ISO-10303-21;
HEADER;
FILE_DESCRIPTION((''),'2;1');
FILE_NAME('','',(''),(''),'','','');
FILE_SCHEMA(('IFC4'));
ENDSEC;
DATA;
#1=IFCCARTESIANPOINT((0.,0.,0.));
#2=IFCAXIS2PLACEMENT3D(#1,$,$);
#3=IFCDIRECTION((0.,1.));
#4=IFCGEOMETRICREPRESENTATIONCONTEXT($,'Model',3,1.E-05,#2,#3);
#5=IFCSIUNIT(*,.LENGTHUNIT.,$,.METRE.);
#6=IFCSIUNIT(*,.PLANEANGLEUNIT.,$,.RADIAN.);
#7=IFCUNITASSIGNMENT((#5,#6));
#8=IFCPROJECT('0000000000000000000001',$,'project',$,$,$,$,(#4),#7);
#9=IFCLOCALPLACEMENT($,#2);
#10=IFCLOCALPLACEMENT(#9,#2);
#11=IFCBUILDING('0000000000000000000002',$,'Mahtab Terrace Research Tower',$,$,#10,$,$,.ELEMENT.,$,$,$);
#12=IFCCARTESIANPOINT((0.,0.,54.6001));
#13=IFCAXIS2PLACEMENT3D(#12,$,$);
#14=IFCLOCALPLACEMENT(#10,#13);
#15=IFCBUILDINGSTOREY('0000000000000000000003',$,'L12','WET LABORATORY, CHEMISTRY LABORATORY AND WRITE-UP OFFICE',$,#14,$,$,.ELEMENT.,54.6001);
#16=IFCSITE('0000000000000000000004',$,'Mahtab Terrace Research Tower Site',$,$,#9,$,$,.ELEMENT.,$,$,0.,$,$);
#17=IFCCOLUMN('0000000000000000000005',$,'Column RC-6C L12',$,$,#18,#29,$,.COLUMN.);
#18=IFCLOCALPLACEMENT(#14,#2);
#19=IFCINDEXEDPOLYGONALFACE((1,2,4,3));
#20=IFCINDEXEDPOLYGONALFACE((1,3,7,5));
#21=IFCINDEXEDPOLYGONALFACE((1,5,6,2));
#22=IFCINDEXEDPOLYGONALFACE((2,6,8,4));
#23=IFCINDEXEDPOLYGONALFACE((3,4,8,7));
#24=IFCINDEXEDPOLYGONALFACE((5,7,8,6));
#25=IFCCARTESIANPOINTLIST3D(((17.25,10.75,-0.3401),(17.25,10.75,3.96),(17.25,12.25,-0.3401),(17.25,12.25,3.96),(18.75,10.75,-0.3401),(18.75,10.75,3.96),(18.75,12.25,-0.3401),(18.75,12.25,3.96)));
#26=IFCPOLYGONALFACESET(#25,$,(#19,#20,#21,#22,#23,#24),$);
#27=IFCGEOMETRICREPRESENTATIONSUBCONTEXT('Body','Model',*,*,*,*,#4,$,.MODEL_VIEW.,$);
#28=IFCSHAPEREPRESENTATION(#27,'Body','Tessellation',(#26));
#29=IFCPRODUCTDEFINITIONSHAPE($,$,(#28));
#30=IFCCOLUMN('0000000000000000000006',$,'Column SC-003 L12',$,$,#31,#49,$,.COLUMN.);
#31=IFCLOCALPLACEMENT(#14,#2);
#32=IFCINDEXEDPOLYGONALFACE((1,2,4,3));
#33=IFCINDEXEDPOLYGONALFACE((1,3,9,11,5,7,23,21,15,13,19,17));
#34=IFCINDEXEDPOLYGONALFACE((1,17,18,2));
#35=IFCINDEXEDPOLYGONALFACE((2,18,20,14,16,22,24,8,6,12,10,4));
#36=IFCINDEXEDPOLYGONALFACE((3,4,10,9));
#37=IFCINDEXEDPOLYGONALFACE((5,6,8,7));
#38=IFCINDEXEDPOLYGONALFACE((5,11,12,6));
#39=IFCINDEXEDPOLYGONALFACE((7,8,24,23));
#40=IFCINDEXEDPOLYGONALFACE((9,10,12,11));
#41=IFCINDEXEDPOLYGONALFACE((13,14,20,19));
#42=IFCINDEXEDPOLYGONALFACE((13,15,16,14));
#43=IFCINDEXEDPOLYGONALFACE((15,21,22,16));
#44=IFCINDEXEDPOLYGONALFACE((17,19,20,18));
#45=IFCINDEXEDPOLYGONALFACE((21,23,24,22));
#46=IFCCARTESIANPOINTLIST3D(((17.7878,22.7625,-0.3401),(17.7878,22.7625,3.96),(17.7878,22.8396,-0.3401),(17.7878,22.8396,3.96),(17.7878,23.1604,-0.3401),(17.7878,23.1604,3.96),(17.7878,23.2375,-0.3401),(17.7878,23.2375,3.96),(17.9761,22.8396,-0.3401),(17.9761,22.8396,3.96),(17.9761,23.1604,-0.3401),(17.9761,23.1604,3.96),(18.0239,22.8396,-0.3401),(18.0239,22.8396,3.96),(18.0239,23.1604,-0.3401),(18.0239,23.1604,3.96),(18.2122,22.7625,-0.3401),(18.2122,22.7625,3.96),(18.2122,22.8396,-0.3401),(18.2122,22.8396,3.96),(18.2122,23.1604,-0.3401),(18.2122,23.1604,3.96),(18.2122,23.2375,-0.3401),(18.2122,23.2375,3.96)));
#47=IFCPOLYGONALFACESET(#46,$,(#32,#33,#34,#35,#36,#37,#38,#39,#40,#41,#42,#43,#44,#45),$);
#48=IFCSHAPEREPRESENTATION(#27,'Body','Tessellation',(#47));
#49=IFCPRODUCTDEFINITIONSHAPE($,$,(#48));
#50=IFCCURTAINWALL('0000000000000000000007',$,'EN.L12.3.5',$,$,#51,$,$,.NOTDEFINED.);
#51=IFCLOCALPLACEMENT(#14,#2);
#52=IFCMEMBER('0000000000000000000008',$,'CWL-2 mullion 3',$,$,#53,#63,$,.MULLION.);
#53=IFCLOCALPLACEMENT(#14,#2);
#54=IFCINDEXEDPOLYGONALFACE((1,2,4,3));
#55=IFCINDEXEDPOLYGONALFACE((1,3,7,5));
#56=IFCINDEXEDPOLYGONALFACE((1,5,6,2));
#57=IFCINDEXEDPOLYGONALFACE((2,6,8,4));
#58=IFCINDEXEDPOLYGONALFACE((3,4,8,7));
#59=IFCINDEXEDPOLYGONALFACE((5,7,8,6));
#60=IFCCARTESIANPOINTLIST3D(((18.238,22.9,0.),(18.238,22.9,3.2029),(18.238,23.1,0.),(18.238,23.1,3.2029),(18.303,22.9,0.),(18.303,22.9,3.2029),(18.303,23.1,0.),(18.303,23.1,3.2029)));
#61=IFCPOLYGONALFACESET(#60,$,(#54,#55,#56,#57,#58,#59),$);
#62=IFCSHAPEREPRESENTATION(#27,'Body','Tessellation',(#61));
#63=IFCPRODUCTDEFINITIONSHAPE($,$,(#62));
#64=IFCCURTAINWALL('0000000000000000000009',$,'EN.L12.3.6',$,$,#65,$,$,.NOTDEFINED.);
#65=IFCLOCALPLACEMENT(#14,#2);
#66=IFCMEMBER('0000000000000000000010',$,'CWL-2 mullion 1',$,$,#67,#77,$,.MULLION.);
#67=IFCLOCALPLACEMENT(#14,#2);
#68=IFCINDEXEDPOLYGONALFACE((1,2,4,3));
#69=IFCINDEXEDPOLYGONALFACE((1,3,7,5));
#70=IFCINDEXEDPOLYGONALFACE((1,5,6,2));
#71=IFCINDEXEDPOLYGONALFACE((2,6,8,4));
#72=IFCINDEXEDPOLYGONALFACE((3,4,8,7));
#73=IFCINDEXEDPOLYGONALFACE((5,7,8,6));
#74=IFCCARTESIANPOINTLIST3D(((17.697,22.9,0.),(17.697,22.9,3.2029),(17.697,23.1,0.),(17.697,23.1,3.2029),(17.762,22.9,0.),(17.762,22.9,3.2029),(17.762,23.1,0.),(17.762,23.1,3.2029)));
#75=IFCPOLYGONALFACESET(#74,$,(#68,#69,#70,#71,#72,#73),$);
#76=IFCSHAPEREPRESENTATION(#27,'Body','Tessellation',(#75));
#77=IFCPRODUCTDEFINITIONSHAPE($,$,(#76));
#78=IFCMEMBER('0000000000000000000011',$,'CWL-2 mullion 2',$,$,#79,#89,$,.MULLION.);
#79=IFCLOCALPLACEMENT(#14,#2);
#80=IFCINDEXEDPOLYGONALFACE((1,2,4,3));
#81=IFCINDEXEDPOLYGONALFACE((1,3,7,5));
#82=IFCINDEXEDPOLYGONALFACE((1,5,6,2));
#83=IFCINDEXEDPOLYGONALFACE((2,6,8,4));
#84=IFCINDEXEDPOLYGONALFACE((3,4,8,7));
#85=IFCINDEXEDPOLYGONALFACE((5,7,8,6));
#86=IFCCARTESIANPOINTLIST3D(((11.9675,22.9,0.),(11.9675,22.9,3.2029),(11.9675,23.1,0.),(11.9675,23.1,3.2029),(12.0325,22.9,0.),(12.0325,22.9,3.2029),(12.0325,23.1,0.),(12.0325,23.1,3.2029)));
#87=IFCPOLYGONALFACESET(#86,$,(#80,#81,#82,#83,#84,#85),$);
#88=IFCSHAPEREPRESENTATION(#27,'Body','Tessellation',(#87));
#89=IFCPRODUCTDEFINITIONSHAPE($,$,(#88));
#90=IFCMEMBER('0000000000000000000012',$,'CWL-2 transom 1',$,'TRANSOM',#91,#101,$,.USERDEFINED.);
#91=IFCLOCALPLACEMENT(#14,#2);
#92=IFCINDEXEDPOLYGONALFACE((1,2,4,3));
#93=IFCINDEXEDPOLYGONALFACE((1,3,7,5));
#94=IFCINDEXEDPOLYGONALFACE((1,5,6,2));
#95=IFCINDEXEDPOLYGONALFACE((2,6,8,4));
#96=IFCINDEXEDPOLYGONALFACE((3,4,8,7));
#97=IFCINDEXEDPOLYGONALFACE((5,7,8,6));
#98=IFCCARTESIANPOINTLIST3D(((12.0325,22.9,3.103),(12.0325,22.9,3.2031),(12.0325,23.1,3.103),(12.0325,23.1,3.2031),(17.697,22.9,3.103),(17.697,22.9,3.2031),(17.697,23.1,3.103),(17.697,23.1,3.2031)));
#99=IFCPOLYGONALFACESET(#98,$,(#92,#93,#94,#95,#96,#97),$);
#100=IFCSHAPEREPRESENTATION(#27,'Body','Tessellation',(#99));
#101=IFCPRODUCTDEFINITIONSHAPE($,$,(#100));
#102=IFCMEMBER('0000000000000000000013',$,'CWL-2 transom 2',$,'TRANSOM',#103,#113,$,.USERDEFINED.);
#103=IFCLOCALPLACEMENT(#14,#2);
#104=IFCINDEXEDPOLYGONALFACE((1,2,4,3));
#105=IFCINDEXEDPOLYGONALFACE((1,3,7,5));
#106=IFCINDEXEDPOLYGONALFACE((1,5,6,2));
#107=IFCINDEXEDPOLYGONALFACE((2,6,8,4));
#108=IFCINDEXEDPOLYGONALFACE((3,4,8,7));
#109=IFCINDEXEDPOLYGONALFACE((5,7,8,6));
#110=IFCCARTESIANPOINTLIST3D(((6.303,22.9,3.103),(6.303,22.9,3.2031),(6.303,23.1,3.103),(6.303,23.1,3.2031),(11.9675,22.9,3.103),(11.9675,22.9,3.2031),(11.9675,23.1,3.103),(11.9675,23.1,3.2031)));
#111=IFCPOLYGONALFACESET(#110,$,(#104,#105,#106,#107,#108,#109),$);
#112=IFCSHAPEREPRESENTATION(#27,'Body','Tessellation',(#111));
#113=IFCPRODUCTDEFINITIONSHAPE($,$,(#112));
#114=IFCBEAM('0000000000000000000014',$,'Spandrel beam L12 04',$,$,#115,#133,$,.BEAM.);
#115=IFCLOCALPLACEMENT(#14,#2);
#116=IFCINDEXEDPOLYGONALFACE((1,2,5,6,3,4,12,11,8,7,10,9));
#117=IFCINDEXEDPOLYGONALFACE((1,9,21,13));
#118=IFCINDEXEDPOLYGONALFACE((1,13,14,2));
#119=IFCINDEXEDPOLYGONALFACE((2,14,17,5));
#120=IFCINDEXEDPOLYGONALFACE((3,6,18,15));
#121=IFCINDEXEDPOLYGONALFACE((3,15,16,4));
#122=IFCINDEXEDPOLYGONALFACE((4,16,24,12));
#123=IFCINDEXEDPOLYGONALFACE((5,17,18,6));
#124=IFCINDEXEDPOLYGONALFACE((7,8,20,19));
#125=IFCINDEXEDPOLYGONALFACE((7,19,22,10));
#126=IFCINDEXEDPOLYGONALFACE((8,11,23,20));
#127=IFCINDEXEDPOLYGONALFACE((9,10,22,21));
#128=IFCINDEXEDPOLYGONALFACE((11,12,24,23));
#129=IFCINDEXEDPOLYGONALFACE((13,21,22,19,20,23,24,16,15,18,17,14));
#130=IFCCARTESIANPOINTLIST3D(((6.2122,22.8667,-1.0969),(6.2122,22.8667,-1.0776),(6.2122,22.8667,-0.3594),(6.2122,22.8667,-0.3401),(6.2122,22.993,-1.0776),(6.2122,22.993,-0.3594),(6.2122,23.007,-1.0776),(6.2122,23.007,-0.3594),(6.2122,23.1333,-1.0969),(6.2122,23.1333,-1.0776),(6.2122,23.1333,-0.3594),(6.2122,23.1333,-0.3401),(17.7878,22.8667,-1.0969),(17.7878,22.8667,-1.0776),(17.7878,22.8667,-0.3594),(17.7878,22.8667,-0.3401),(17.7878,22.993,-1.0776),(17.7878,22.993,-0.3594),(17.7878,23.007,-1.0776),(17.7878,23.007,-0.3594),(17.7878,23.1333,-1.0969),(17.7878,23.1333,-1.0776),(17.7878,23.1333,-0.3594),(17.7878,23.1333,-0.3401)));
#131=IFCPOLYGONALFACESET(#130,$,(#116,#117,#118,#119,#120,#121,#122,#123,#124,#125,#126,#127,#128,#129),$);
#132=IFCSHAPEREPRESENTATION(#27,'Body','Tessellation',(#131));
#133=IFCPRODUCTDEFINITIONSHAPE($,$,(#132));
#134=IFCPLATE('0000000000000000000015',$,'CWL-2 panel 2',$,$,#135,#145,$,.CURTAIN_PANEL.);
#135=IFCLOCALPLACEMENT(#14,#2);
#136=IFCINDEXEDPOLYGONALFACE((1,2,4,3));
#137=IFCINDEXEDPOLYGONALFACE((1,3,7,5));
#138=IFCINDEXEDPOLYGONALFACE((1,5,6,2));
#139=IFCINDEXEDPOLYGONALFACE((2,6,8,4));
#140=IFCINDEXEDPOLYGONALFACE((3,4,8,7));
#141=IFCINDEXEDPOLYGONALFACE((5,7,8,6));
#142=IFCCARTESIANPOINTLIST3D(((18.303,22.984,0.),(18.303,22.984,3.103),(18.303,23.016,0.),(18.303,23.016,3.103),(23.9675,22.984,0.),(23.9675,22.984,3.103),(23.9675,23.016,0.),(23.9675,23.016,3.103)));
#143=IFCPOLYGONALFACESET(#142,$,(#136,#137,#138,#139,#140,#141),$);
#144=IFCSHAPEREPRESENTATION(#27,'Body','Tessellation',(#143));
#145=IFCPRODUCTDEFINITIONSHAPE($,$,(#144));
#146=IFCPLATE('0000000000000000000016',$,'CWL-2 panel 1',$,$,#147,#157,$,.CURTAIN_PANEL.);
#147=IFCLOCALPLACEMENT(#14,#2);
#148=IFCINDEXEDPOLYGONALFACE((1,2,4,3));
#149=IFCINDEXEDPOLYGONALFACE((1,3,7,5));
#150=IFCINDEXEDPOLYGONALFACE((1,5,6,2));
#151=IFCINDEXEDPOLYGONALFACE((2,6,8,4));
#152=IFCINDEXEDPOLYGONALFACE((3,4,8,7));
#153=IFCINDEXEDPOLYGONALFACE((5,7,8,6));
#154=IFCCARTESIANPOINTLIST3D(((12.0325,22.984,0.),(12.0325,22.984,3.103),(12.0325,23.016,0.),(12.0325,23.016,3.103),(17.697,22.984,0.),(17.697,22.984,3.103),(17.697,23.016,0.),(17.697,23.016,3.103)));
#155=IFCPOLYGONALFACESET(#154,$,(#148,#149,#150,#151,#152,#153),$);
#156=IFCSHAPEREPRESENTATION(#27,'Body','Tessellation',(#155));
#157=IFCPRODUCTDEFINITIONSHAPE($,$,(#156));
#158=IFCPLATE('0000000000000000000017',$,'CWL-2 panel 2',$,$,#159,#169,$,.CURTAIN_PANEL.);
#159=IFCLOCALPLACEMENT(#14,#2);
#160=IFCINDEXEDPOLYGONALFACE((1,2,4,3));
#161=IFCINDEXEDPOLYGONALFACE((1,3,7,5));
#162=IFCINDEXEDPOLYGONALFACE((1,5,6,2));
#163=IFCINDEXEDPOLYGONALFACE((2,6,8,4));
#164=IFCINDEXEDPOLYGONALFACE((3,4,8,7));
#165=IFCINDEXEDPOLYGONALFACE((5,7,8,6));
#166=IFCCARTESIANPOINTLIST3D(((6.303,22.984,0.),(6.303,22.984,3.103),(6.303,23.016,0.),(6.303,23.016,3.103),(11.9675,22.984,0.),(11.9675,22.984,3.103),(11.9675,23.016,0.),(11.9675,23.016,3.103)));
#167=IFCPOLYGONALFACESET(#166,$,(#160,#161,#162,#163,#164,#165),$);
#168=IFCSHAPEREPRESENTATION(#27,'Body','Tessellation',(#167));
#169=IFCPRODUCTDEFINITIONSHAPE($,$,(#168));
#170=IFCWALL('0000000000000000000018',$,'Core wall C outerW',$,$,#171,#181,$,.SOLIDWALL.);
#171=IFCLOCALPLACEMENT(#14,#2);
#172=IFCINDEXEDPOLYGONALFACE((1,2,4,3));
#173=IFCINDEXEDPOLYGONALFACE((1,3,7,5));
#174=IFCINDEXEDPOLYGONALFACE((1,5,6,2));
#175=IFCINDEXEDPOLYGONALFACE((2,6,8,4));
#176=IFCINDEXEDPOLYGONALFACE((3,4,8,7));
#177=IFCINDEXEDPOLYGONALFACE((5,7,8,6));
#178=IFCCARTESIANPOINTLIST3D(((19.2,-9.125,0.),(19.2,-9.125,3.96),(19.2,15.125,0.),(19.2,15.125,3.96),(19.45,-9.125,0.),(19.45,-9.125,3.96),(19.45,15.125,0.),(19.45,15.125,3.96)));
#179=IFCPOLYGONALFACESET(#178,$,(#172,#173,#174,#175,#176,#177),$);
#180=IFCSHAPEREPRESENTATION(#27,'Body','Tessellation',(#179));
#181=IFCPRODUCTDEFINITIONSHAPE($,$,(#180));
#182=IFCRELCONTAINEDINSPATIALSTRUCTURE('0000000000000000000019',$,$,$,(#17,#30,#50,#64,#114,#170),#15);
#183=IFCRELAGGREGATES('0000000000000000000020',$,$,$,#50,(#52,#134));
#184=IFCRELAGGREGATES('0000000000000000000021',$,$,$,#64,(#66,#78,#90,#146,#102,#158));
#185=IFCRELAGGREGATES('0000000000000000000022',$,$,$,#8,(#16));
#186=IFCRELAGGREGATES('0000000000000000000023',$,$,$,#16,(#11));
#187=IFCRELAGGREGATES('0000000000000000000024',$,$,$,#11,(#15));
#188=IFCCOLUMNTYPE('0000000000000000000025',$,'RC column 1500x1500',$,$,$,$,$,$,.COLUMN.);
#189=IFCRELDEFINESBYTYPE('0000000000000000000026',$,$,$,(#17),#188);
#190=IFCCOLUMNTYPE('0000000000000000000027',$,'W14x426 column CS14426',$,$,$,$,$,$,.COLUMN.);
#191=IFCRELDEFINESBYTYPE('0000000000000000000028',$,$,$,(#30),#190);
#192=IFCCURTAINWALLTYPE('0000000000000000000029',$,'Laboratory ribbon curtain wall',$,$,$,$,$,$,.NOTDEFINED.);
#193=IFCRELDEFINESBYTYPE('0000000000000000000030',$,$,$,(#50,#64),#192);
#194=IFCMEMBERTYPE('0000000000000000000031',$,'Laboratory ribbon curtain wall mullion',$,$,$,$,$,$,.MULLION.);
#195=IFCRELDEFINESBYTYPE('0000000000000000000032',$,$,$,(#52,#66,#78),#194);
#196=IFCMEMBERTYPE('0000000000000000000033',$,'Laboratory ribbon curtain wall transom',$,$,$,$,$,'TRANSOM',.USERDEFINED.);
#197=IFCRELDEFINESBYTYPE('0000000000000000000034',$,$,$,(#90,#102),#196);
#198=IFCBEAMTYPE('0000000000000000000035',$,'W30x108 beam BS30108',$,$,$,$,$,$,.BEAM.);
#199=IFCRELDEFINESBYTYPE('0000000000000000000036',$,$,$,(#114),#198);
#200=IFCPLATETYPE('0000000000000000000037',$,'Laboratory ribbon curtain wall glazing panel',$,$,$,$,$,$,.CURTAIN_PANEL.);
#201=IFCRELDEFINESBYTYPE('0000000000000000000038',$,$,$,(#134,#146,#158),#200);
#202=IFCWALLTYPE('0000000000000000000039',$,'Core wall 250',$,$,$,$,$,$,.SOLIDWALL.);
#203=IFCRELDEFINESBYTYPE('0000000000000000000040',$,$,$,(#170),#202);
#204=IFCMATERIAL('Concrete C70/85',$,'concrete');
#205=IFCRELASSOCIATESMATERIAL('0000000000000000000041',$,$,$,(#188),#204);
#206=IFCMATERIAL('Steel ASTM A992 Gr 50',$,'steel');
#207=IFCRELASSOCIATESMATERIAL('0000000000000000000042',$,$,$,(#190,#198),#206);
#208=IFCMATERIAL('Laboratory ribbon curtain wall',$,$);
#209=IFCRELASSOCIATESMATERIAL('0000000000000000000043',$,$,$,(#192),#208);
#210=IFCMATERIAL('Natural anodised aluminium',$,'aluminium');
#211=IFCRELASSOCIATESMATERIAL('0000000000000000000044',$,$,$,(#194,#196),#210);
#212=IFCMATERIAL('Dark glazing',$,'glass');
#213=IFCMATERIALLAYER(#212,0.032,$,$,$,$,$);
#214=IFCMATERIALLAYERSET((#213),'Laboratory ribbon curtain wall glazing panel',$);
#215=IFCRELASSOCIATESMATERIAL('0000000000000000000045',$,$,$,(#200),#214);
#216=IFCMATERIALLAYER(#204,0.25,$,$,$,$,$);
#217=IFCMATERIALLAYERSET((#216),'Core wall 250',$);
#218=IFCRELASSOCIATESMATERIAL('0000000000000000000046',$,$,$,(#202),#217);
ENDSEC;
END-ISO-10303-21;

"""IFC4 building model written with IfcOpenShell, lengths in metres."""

from ifc_helpers import new_model, si_unit, direction, frame, frame_2d, origin, origin_2d, place, context, subcontext, project, spatial, rectangle, i_section, extrude, material, layer, layer_set, material_profile, profile_set, type_object, element, aggregate, save


model = new_model("IFC4")

# Units and contexts
model_context = context("Model", 3, precision=1e-05, world=origin(), true_north=direction((0.0, 1.0)))
body_context = subcontext(model_context, "Body", "Model", "MODEL_VIEW")
ifc_project = project(units=[si_unit("LENGTHUNIT", "METRE"), si_unit("PLANEANGLEUNIT", "RADIAN")], contexts=[model_context])

# Site, building, storey
site_placement = place(None, origin())
site = spatial("IfcSite", under=ifc_project, at=site_placement, Name="Mahtab Terrace Research Tower Site", CompositionType="ELEMENT", RefElevation=0.0)
building_placement = place(site_placement, origin())
building = spatial("IfcBuilding", under=site, at=building_placement, Name="Mahtab Terrace Research Tower", CompositionType="ELEMENT")
storey_placement = place(building_placement, frame((0.0, 0.0, 54.6001)))
storey = spatial("IfcBuildingStorey", under=building, at=storey_placement, Name="L12", Description="WET LABORATORY, CHEMISTRY LABORATORY AND WRITE-UP OFFICE", CompositionType="ELEMENT", Elevation=54.6001)

# Columns
ifc_material_1 = material(Name="Concrete C70/85", Category="concrete")
ifc_material_profile_1 = material_profile(ifc_material_1, rectangle(XDim=1.5, YDim=1.5, at=origin_2d()), Name="RC column 1500x1500")
ifc_profile_set_1 = profile_set([ifc_material_profile_1], Name="Concrete C70/85")
column_type_1 = type_object("IfcColumnType", Name="RC column 1500x1500", PredefinedType="COLUMN", material=ifc_profile_set_1)
column_1_placement = place(storey_placement, frame((18.0, 11.5, -0.3401), z_axis=(0.0, 0.0, 1.0), x_axis=(1.0, 0.0, 0.0)))
element("IfcColumn", 1, at=column_1_placement, inside=storey, type_object=column_type_1, Name="Column RC-6C L12", PredefinedType="COLUMN", context=body_context, shape_type="SweptSolid", body=[
    extrude(rectangle(XDim=1.5, YDim=1.5, at=origin_2d()), origin(), (0.0, 0.0, 1.0), 4.3),
])
ifc_material_2 = material(Name="Steel ASTM A992 Gr 50", Category="steel")
ifc_material_profile_2 = material_profile(ifc_material_2, i_section(OverallWidth=0.4243, OverallDepth=0.4751, WebThickness=0.0479, FlangeThickness=0.0771, at=origin_2d()), Name="W14X426")
ifc_profile_set_2 = profile_set([ifc_material_profile_2], Name="Steel ASTM A992 Gr 50")
column_type_2 = type_object("IfcColumnType", Name="W14x426 column CS14426", PredefinedType="COLUMN", material=ifc_profile_set_2)
column_2_placement = place(storey_placement, frame((18.0, 23.0, -0.3401), z_axis=(0.0, 0.0, 1.0), x_axis=(1.0, 0.0, 0.0)))
element("IfcColumn", 2, at=column_2_placement, inside=storey, type_object=column_type_2, Name="Column SC-003 L12", PredefinedType="COLUMN", context=body_context, shape_type="SweptSolid", body=[
    extrude(i_section(OverallWidth=0.4243, OverallDepth=0.4751, WebThickness=0.0479, FlangeThickness=0.0771, at=origin_2d()), origin(), (0.0, 0.0, 1.0), 4.3),
])

# Curtain wall, member
ifc_material_3 = material(Name="Laboratory ribbon curtain wall")
curtain_wall_type = type_object("IfcCurtainWallType", Name="Laboratory ribbon curtain wall", PredefinedType="NOTDEFINED", material=ifc_material_3)
curtain_wall_1_placement = place(storey_placement, origin())
curtain_wall_1 = element("IfcCurtainWall", 3, at=curtain_wall_1_placement, inside=storey, type_object=curtain_wall_type, Name="EN.L12.3.5", PredefinedType="NOTDEFINED")
ifc_material_4 = material(Name="Natural anodised aluminium", Category="aluminium")
ifc_material_profile_3 = material_profile(ifc_material_4, rectangle(XDim=0.2, YDim=0.0649, at=origin_2d()), Name="MULLION 65x200")
ifc_profile_set_3 = profile_set([ifc_material_profile_3], Name="Natural anodised aluminium")
member_type_1 = type_object("IfcMemberType", Name="Laboratory ribbon curtain wall mullion", PredefinedType="MULLION", material=ifc_profile_set_3)
member_1_placement = place(storey_placement, frame((18.2705, 23.0, 0.0), z_axis=(0.0, 0.0, 1.0), x_axis=(0.0, -1.0, 0.0)))
member_1 = element("IfcMember", 4, at=member_1_placement, type_object=member_type_1, Name="CWL-2 mullion 3", PredefinedType="MULLION", context=body_context, shape_type="SweptSolid", body=[
    extrude(rectangle(XDim=0.2, YDim=0.0649, at=origin_2d()), origin(), (0.0, 0.0, 1.0), 3.2029),
])

# Curtain wall, members
curtain_wall_2_placement = place(storey_placement, origin())
curtain_wall_2 = element("IfcCurtainWall", 5, at=curtain_wall_2_placement, inside=storey, type_object=curtain_wall_type, Name="EN.L12.3.6", PredefinedType="NOTDEFINED")
member_2_placement = place(storey_placement, frame((17.7295, 23.0, 0.0), z_axis=(0.0, 0.0, 1.0), x_axis=(0.0, -1.0, 0.0)))
member_2 = element("IfcMember", 6, at=member_2_placement, type_object=member_type_1, Name="CWL-2 mullion 1", PredefinedType="MULLION", context=body_context, shape_type="SweptSolid", body=[
    extrude(rectangle(XDim=0.2, YDim=0.0649, at=origin_2d()), origin(), (0.0, 0.0, 1.0), 3.2029),
])
member_3_placement = place(storey_placement, frame((12.0, 23.0, 0.0), z_axis=(0.0, 0.0, 1.0), x_axis=(0.0, -1.0, 0.0)))
member_3 = element("IfcMember", 7, at=member_3_placement, type_object=member_type_1, Name="CWL-2 mullion 2", PredefinedType="MULLION", context=body_context, shape_type="SweptSolid", body=[
    extrude(rectangle(XDim=0.2, YDim=0.0649, at=origin_2d()), origin(), (0.0, 0.0, 1.0), 3.2029),
])
ifc_material_profile_4 = material_profile(ifc_material_4, rectangle(XDim=0.2, YDim=0.1001, at=origin_2d()), Name="TRANSOM 100x200")
ifc_profile_set_4 = profile_set([ifc_material_profile_4], Name="Natural anodised aluminium")
member_type_2 = type_object("IfcMemberType", Name="Laboratory ribbon curtain wall transom", ElementType="TRANSOM", PredefinedType="USERDEFINED", material=ifc_profile_set_4)
member_4_placement = place(storey_placement, frame((17.697, 23.0, 3.1531), z_axis=(-1.0, 0.0, 0.0), x_axis=(0.0, -1.0, 0.0)))
member_4 = element("IfcMember", 8, at=member_4_placement, type_object=member_type_2, Name="CWL-2 transom 1", ObjectType="TRANSOM", PredefinedType="USERDEFINED", context=body_context, shape_type="SweptSolid", body=[
    extrude(rectangle(XDim=0.2, YDim=0.1001, at=origin_2d()), origin(), (0.0, 0.0, 1.0), 5.6646),
])
member_5_placement = place(storey_placement, frame((11.9675, 23.0, 3.1531), z_axis=(-1.0, 0.0, 0.0), x_axis=(0.0, -1.0, 0.0)))
member_5 = element("IfcMember", 9, at=member_5_placement, type_object=member_type_2, Name="CWL-2 transom 2", ObjectType="TRANSOM", PredefinedType="USERDEFINED", context=body_context, shape_type="SweptSolid", body=[
    extrude(rectangle(XDim=0.2, YDim=0.1001, at=origin_2d()), origin(), (0.0, 0.0, 1.0), 5.6646),
])

# Beam
ifc_material_profile_5 = material_profile(ifc_material_2, i_section(OverallWidth=0.2666, OverallDepth=0.7568, WebThickness=0.0139, FlangeThickness=0.0193, at=origin_2d()), Name="W30X108")
ifc_profile_set_5 = profile_set([ifc_material_profile_5], Name="Steel ASTM A992 Gr 50")
beam_type = type_object("IfcBeamType", Name="W30x108 beam BS30108", PredefinedType="BEAM", material=ifc_profile_set_5)
beam_placement = place(storey_placement, frame((17.7878, 23.0, -0.7185), z_axis=(-1.0, 0.0, 0.0), x_axis=(0.0, -1.0, 0.0)))
element("IfcBeam", 10, at=beam_placement, inside=storey, type_object=beam_type, Name="Spandrel beam L12 04", PredefinedType="BEAM", context=body_context, shape_type="SweptSolid", body=[
    extrude(i_section(OverallWidth=0.2666, OverallDepth=0.7568, WebThickness=0.0139, FlangeThickness=0.0193, at=origin_2d()), origin(), (0.0, 0.0, 1.0), 11.5757),
])

# Plates
ifc_material_5 = material(Name="Dark glazing", Category="glass")
ifc_layer_1 = layer(ifc_material_5, 0.032)
ifc_layer_set_1 = layer_set([ifc_layer_1], Name="Laboratory ribbon curtain wall glazing panel")
plate_type = type_object("IfcPlateType", Name="Laboratory ribbon curtain wall glazing panel", PredefinedType="CURTAIN_PANEL", material=ifc_layer_set_1)
plate_1_placement = place(storey_placement, frame((21.1353, 23.0, 0.0), z_axis=(0.0, 0.0, 1.0), x_axis=(-1.0, 0.0, 0.0)))
plate_1 = element("IfcPlate", 11, at=plate_1_placement, type_object=plate_type, Name="CWL-2 panel 2", PredefinedType="CURTAIN_PANEL", context=body_context, shape_type="SweptSolid", body=[
    extrude(rectangle(XDim=5.6646, YDim=0.032, at=origin_2d()), origin(), (0.0, 0.0, 1.0), 3.103),
])
aggregate(curtain_wall_1, [member_1, plate_1])
plate_2_placement = place(storey_placement, frame((14.8647, 23.0, 0.0), z_axis=(0.0, 0.0, 1.0), x_axis=(-1.0, 0.0, 0.0)))
plate_2 = element("IfcPlate", 12, at=plate_2_placement, type_object=plate_type, Name="CWL-2 panel 1", PredefinedType="CURTAIN_PANEL", context=body_context, shape_type="SweptSolid", body=[
    extrude(rectangle(XDim=5.6646, YDim=0.032, at=origin_2d()), origin(), (0.0, 0.0, 1.0), 3.103),
])
plate_3_placement = place(storey_placement, frame((9.1353, 23.0, 0.0), z_axis=(0.0, 0.0, 1.0), x_axis=(-1.0, 0.0, 0.0)))
plate_3 = element("IfcPlate", 13, at=plate_3_placement, type_object=plate_type, Name="CWL-2 panel 2", PredefinedType="CURTAIN_PANEL", context=body_context, shape_type="SweptSolid", body=[
    extrude(rectangle(XDim=5.6646, YDim=0.032, at=origin_2d()), origin(), (0.0, 0.0, 1.0), 3.103),
])
aggregate(curtain_wall_2, [member_2, member_3, member_4, plate_2, member_5, plate_3])

# Wall
ifc_layer_2 = layer(ifc_material_1, 0.25)
ifc_layer_set_2 = layer_set([ifc_layer_2], Name="Core wall 250")
wall_type_1 = type_object("IfcWallType", Name="Core wall 250", PredefinedType="SOLIDWALL", material=ifc_layer_set_2)
wall_1_placement = place(storey_placement, frame((19.325, 15.125, 0.0), z_axis=(0.0, 0.0, 1.0), x_axis=(0.0, -1.0, 0.0)))
element("IfcWall", 14, at=wall_1_placement, inside=storey, type_object=wall_type_1, Name="Core wall C outerW", PredefinedType="SOLIDWALL", context=body_context, shape_type="SweptSolid", body=[
    extrude(rectangle(XDim=24.25, YDim=0.25, at=frame_2d((12.125, 0.0))), origin(), (0.0, 0.0, 1.0), 3.96),
])

save(model, "model.ifc")
